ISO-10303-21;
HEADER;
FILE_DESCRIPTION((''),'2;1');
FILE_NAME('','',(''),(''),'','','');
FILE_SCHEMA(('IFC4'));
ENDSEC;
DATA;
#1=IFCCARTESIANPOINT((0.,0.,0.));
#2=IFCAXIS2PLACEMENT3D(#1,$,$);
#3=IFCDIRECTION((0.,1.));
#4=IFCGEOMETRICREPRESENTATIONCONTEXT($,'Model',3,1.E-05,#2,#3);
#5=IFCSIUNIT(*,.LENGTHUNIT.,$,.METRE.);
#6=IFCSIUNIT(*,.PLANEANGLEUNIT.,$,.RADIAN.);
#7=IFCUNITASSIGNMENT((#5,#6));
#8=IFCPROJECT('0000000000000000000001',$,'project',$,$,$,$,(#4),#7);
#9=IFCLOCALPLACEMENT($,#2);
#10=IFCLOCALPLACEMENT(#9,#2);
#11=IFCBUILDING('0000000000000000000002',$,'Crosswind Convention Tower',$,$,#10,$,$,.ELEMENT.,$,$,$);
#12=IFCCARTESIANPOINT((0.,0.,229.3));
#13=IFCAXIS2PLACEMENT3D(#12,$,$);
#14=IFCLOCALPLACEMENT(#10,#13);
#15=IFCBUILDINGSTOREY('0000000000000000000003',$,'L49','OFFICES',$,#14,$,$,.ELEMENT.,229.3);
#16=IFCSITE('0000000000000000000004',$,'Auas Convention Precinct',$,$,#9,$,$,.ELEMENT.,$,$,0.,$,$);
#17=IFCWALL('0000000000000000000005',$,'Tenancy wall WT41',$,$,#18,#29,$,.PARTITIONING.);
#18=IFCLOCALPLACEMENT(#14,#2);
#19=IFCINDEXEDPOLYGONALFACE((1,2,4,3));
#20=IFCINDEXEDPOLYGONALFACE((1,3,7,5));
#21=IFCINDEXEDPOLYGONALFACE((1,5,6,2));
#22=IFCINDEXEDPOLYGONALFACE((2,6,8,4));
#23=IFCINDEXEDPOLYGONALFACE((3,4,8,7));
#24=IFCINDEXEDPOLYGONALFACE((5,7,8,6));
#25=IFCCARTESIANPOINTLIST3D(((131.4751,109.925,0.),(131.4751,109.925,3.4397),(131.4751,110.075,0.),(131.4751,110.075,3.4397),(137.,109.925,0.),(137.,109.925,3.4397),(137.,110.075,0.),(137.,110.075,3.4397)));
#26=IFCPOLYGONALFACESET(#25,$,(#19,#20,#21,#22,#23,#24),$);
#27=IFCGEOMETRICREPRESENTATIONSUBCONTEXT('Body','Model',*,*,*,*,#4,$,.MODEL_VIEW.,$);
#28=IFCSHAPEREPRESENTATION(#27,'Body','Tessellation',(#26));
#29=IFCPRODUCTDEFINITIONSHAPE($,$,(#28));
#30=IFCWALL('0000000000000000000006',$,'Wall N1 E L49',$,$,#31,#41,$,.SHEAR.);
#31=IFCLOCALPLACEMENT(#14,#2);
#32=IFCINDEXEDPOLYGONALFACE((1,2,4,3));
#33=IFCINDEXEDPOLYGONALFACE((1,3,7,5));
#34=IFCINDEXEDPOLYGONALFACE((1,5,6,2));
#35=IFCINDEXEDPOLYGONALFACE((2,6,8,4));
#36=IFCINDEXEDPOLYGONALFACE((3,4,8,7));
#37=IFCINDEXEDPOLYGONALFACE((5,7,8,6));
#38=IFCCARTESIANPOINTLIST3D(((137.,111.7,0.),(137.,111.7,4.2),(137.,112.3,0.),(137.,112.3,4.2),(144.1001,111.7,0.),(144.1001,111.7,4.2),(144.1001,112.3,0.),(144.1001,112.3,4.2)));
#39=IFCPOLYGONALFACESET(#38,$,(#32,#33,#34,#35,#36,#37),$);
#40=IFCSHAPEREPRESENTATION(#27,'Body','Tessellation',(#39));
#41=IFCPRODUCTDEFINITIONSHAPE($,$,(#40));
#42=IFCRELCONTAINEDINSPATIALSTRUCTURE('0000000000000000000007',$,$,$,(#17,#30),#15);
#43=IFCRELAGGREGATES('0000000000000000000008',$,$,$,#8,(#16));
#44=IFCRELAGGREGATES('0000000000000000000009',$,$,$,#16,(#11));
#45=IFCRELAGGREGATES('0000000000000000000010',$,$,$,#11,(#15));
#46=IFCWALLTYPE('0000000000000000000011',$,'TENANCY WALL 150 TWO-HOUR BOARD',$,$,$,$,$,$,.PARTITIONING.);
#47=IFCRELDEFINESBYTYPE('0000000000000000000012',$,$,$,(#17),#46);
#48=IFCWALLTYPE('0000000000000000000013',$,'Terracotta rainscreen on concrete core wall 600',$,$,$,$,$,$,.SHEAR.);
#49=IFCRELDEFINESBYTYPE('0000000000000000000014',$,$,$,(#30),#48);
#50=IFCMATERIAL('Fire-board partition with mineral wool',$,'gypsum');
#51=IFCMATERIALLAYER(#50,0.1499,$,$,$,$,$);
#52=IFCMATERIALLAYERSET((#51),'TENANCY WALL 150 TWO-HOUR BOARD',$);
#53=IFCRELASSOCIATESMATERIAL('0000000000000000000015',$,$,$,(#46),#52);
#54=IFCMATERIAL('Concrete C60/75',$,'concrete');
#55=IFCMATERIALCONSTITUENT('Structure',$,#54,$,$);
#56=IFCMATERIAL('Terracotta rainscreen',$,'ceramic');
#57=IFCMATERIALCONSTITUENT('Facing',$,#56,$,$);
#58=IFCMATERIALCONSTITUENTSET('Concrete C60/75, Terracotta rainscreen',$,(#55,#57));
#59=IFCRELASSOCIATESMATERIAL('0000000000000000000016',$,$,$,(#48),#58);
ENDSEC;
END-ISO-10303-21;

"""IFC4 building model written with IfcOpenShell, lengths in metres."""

from ifc_helpers import new_model, si_unit, direction, frame, frame_2d, origin, place, context, subcontext, project, spatial, rectangle, extrude, material, layer, layer_set, constituent, constituent_set, type_object, element, save


model = new_model("IFC4")

# Units and contexts
model_context = context("Model", 3, precision=1e-05, world=origin(), true_north=direction((0.0, 1.0)))
body_context = subcontext(model_context, "Body", "Model", "MODEL_VIEW")
ifc_project = project(units=[si_unit("LENGTHUNIT", "METRE"), si_unit("PLANEANGLEUNIT", "RADIAN")], contexts=[model_context])

# Site, building, storey
site_placement = place(None, origin())
site = spatial("IfcSite", under=ifc_project, at=site_placement, Name="Auas Convention Precinct", CompositionType="ELEMENT", RefElevation=0.0)
building_placement = place(site_placement, origin())
building = spatial("IfcBuilding", under=site, at=building_placement, Name="Crosswind Convention Tower", CompositionType="ELEMENT")
storey_placement = place(building_placement, frame((0.0, 0.0, 229.3)))
storey = spatial("IfcBuildingStorey", under=building, at=storey_placement, Name="L49", Description="OFFICES", CompositionType="ELEMENT", Elevation=229.3)

# Shared definitions
ifc_material_1 = material(Name="Concrete C60/75", Category="concrete")

# Shared definitions
ifc_material_2 = material(Name="Fire-board partition with mineral wool", Category="gypsum")
ifc_layer_1 = layer(ifc_material_2, 0.1499)
ifc_layer_set_1 = layer_set([ifc_layer_1], Name="TENANCY WALL 150 TWO-HOUR BOARD")
wall_type_1 = type_object("IfcWallType", Name="TENANCY WALL 150 TWO-HOUR BOARD", PredefinedType="PARTITIONING", material=ifc_layer_set_1)

# Walls
for number, where, z_axis, x_axis, name in (
    (1, (131.4751, 110.0, 0.0), (0.0, 0.0, 1.0), (1.0, 0.0, 0.0), "Tenancy wall WT41"),
):
    element("IfcWall", number, at=place(storey_placement, frame(where, z_axis=z_axis, x_axis=x_axis)), inside=storey, type_object=wall_type_1, Name=name, PredefinedType="PARTITIONING", context=body_context, shape_type="SweptSolid", body=[
        extrude(rectangle(XDim=5.5249, YDim=0.1499, at=frame_2d((2.7625, 0.0))), origin(), (0.0, 0.0, 1.0), 3.4397),
    ])
ifc_constituent_1 = constituent(ifc_material_1, Name="Structure")
ifc_material_3 = material(Name="Terracotta rainscreen", Category="ceramic")
ifc_constituent_2 = constituent(ifc_material_3, Name="Facing")
ifc_constituent_set = constituent_set(constituents=[ifc_constituent_1, ifc_constituent_2], Name="Concrete C60/75, Terracotta rainscreen")
wall_type_2 = type_object("IfcWallType", Name="Terracotta rainscreen on concrete core wall 600", PredefinedType="SHEAR", material=ifc_constituent_set)
wall_1_placement = place(storey_placement, frame((137.0, 112.0, 0.0), z_axis=(0.0, 0.0, 1.0), x_axis=(1.0, 0.0, 0.0)))
element("IfcWall", 2, at=wall_1_placement, inside=storey, type_object=wall_type_2, Name="Wall N1 E L49", PredefinedType="SHEAR", context=body_context, shape_type="SweptSolid", body=[
    extrude(rectangle(XDim=7.1001, YDim=0.6001, at=frame_2d((3.55, 0.0))), origin(), (0.0, 0.0, 1.0), 4.2),
])

save(model, "model.ifc")
